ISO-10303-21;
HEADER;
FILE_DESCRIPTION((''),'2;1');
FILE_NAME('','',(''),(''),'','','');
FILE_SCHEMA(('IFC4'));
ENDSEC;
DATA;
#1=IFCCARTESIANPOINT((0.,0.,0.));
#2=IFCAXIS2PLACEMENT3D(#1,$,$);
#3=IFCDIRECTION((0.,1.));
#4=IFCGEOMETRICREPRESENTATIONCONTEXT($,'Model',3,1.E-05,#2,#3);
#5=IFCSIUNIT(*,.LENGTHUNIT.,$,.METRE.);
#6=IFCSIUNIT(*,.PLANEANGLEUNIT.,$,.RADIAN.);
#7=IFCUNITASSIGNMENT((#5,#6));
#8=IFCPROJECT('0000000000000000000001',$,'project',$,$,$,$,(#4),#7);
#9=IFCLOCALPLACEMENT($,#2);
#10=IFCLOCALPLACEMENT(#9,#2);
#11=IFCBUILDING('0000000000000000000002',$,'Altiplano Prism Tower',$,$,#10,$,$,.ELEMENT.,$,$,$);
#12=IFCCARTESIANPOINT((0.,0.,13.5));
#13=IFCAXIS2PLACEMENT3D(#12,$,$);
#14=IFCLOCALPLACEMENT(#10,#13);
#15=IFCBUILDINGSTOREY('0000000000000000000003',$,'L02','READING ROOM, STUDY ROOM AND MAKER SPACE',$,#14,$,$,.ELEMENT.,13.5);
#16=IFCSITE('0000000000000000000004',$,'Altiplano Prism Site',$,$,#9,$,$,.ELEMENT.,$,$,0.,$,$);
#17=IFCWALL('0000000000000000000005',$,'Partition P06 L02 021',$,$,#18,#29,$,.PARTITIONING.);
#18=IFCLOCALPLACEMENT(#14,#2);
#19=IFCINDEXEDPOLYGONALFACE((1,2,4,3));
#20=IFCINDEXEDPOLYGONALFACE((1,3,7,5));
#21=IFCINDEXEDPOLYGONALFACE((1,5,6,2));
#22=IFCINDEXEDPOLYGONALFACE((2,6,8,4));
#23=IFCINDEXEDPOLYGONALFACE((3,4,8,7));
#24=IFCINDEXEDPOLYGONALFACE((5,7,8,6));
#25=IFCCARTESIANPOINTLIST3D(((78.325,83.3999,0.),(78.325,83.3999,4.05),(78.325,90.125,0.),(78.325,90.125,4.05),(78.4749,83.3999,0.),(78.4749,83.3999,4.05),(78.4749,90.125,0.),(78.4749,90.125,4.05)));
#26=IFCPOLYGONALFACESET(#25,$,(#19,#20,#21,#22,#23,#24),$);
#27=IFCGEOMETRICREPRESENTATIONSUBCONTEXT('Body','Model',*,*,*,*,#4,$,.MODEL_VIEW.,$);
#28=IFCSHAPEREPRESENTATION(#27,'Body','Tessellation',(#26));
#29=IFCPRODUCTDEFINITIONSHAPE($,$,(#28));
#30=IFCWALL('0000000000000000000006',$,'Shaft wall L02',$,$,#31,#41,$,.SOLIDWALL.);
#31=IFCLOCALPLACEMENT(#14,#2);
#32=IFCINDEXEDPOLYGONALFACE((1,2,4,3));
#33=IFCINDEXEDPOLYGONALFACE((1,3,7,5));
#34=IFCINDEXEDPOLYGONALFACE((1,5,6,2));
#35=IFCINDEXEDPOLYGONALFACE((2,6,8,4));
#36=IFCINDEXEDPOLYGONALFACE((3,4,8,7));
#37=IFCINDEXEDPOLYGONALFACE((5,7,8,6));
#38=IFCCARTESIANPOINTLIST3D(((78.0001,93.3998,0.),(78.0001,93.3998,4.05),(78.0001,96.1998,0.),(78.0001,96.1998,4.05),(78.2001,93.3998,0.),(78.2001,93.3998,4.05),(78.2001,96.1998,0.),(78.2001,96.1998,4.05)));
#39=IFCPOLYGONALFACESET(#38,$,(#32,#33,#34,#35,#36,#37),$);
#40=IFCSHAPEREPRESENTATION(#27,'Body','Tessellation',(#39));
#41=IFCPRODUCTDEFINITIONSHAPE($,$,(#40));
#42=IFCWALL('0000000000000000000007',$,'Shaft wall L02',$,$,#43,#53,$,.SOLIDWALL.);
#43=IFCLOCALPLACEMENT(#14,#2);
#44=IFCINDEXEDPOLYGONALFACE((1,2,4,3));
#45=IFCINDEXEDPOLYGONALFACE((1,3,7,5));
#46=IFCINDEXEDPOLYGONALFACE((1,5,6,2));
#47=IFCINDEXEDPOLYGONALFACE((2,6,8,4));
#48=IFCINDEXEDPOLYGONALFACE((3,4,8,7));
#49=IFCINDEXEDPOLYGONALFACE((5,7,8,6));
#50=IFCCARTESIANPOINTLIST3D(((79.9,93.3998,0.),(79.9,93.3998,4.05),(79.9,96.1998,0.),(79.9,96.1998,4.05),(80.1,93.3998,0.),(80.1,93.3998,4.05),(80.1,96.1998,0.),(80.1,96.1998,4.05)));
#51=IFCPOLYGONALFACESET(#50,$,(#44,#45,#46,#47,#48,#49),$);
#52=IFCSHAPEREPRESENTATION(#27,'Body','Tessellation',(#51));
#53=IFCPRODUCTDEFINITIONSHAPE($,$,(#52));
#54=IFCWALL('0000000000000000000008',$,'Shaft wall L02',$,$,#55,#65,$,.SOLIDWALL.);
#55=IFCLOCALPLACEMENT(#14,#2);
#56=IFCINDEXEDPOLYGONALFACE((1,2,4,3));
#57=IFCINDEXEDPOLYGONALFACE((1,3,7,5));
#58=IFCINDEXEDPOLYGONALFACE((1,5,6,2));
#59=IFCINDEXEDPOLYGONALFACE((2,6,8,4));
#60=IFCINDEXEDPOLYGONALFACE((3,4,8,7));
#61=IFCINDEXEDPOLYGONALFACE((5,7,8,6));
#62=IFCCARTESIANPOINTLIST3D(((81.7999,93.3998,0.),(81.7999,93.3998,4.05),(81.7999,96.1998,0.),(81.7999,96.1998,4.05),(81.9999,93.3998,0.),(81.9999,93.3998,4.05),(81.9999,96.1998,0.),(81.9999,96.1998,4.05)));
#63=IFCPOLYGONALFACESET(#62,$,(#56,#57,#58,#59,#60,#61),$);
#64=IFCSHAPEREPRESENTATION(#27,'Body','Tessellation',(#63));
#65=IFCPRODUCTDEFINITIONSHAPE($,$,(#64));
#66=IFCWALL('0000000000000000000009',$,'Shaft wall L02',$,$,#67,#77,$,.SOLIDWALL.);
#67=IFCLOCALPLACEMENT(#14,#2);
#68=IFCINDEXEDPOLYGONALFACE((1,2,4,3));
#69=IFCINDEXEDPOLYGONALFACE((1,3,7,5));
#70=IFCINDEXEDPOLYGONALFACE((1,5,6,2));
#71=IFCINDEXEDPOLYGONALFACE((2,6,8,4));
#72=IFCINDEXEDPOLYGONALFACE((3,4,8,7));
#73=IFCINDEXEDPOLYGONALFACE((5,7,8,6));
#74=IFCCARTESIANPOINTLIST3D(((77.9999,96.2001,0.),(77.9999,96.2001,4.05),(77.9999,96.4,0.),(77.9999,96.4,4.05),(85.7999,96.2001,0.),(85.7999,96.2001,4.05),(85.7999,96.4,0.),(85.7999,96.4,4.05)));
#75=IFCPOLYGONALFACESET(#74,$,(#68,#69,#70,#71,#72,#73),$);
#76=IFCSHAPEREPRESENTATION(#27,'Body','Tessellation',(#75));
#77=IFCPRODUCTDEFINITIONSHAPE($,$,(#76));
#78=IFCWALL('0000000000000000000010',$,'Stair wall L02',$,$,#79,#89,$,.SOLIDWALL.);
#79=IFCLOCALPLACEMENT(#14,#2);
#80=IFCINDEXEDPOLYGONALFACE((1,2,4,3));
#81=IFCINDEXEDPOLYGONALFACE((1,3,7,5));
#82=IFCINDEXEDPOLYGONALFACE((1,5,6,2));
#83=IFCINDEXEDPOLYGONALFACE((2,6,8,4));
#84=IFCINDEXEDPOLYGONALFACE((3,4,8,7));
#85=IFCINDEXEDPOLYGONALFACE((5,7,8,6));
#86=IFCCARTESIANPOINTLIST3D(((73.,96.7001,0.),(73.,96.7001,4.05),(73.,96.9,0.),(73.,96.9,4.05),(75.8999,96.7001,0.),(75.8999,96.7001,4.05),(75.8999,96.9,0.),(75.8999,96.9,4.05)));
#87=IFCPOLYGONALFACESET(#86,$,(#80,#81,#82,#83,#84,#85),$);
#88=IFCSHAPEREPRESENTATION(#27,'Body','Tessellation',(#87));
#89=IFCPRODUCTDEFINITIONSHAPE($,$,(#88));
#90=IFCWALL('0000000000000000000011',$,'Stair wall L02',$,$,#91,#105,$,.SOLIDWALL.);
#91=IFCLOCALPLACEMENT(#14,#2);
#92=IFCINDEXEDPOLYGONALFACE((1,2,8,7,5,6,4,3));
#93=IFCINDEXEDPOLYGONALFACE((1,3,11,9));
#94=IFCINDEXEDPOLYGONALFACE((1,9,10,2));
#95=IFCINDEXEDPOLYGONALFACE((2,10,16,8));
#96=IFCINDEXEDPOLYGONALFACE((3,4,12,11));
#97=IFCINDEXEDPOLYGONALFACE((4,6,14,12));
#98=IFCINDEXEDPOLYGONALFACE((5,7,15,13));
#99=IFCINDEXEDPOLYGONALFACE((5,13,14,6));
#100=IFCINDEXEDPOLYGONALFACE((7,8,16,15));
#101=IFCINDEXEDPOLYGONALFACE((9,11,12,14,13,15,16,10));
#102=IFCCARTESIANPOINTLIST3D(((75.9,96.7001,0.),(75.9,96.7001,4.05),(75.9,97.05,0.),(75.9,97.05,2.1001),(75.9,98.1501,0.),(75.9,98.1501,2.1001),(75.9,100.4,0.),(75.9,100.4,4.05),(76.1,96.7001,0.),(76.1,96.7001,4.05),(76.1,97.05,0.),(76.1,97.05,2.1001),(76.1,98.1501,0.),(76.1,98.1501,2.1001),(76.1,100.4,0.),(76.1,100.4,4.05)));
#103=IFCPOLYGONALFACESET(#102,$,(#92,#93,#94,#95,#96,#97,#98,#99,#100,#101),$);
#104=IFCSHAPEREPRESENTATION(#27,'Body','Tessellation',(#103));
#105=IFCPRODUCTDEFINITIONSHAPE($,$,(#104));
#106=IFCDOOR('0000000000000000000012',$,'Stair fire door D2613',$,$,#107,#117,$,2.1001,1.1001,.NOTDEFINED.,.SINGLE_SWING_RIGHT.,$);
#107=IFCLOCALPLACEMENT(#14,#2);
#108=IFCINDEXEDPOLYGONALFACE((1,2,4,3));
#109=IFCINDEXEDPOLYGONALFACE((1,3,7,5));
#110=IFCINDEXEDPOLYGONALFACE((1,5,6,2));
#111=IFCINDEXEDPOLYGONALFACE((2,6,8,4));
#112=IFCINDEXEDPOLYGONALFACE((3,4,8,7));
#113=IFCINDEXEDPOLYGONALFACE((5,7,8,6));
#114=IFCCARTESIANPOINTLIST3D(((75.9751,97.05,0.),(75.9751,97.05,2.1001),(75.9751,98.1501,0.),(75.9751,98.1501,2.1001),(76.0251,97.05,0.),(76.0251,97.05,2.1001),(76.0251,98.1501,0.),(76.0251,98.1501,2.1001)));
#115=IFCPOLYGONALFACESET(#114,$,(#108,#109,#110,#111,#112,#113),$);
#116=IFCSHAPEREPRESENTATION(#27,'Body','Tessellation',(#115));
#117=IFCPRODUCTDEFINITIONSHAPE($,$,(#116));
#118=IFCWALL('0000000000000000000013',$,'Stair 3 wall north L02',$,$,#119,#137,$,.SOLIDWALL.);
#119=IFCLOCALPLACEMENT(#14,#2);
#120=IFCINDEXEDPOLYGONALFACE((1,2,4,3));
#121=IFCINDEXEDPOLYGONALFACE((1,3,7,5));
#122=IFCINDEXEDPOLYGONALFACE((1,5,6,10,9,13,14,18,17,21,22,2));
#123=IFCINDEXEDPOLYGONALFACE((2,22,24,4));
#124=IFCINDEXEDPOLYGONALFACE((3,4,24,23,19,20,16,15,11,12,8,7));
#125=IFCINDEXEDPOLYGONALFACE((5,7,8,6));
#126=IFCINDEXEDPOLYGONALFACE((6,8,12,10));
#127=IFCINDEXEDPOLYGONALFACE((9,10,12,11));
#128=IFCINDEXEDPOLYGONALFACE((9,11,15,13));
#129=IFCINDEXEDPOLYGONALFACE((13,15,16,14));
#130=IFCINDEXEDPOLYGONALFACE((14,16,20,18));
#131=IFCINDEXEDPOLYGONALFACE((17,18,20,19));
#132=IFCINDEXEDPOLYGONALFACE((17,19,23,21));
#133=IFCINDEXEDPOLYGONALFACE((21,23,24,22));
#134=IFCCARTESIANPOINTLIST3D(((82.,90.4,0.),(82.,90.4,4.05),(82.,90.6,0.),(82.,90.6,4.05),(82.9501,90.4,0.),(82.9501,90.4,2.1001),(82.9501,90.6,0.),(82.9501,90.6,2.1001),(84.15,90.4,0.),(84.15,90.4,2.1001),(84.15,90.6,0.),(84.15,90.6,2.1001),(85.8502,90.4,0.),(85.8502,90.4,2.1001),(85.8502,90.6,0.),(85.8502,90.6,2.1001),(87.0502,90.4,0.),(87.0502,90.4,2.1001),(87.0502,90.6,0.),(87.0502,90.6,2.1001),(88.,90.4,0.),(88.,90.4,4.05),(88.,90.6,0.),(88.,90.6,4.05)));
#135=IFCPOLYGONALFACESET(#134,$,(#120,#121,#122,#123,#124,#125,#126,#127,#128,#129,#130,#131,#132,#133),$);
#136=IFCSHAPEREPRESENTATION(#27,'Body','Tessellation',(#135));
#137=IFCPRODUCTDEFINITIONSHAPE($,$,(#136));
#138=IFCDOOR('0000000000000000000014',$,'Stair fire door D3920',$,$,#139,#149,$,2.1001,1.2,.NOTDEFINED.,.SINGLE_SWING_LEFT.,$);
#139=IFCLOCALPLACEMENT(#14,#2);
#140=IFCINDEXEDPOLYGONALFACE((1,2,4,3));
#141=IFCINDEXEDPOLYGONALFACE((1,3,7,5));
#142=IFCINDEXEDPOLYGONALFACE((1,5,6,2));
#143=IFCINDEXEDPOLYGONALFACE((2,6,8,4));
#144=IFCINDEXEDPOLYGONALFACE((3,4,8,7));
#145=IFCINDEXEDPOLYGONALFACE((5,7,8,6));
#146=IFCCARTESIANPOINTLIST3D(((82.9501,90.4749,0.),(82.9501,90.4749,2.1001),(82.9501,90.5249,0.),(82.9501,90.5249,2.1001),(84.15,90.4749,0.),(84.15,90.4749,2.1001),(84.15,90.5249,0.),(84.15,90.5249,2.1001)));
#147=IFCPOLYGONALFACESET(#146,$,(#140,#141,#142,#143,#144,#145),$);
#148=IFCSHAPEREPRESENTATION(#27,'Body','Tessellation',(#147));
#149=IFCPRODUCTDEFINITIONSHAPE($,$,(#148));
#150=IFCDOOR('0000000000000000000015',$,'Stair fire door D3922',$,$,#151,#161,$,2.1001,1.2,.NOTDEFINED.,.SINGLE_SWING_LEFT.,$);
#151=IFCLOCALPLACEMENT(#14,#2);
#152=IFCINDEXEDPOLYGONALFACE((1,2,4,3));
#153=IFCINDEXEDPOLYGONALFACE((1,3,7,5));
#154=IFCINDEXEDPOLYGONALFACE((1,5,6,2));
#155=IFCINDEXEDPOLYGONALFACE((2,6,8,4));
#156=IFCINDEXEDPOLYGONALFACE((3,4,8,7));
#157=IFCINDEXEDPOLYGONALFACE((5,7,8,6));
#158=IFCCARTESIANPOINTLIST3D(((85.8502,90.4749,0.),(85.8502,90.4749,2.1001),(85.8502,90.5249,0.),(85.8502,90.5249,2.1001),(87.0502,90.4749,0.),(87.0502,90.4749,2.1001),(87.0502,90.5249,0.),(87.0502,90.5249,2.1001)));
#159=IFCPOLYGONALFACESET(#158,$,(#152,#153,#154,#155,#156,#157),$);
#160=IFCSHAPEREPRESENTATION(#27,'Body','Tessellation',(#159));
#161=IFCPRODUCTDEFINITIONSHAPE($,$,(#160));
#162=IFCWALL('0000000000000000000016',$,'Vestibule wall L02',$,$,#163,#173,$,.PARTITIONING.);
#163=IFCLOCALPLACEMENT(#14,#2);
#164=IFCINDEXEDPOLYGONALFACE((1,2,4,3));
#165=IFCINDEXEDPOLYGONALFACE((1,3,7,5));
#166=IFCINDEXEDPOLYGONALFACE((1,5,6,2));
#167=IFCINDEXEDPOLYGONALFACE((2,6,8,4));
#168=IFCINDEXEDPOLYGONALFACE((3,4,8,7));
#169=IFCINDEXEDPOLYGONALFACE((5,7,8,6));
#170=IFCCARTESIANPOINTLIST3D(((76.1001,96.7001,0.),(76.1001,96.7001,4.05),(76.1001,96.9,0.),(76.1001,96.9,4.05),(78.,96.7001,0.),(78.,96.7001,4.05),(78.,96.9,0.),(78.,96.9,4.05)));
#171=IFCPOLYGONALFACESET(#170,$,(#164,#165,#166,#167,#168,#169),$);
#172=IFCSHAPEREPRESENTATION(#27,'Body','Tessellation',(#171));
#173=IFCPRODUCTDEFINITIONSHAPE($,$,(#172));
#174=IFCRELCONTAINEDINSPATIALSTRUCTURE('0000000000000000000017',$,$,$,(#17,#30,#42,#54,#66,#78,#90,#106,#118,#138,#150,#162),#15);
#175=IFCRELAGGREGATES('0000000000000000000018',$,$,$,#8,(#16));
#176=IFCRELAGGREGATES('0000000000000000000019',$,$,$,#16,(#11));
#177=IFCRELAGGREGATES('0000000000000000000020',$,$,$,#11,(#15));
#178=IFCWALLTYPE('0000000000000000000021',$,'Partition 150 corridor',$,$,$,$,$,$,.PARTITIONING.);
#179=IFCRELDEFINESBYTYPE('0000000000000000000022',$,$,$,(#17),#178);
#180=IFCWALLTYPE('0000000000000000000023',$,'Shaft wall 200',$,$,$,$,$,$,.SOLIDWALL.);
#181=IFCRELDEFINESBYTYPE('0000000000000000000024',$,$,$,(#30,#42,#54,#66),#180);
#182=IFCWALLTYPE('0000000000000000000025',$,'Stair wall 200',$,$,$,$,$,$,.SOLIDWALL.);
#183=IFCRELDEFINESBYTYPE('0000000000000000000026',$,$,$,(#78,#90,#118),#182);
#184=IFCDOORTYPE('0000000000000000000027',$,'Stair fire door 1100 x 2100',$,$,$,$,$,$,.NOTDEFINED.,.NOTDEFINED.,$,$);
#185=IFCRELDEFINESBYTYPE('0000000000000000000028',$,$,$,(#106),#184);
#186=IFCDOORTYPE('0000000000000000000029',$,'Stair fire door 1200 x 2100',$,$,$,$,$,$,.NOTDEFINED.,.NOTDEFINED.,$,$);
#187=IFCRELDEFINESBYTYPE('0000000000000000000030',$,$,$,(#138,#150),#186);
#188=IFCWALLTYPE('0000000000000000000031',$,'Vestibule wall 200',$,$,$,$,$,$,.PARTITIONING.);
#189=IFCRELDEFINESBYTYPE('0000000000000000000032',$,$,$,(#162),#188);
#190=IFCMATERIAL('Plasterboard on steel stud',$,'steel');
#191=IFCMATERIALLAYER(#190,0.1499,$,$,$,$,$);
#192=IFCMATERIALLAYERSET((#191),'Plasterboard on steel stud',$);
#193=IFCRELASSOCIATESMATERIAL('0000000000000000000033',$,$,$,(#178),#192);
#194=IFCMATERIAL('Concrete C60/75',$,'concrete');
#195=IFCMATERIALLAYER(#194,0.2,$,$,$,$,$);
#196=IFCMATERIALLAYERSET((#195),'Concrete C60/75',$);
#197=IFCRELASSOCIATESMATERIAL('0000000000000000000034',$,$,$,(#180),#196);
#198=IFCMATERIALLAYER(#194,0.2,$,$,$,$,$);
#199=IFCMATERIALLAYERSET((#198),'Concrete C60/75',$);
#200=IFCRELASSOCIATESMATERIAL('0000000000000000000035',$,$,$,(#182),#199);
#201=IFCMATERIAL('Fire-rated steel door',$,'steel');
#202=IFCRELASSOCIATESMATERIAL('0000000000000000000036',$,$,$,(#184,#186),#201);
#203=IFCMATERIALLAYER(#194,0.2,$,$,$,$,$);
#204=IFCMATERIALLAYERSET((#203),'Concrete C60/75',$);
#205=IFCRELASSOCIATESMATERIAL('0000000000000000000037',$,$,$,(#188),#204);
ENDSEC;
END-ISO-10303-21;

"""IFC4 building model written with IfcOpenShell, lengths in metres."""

from ifc_helpers import new_model, si_unit, direction, frame, frame_2d, origin, place, context, subcontext, project, spatial, rectangle, extrude, material, layer, layer_set, type_object, element, fill, save


model = new_model("IFC4")

# Units and contexts
model_context = context("Model", 3, precision=1e-05, world=origin(), true_north=direction((0.0, 1.0)))
body_context = subcontext(model_context, "Body", "Model", "MODEL_VIEW")
ifc_project = project(units=[si_unit("LENGTHUNIT", "METRE"), si_unit("PLANEANGLEUNIT", "RADIAN")], contexts=[model_context])

# Site, building, storey
site_placement = place(None, origin())
site = spatial("IfcSite", under=ifc_project, at=site_placement, Name="Altiplano Prism Site", CompositionType="ELEMENT", RefElevation=0.0)
building_placement = place(site_placement, origin())
building = spatial("IfcBuilding", under=site, at=building_placement, Name="Altiplano Prism Tower", CompositionType="ELEMENT")
storey_placement = place(building_placement, frame((0.0, 0.0, 13.5)))
storey = spatial("IfcBuildingStorey", under=building, at=storey_placement, Name="L02", Description="READING ROOM, STUDY ROOM AND MAKER SPACE", CompositionType="ELEMENT", Elevation=13.5)

# Walls
ifc_material_1 = material(Name="Plasterboard on steel stud", Category="steel")
ifc_layer_1 = layer(ifc_material_1, 0.1499)
ifc_layer_set_1 = layer_set([ifc_layer_1], Name="Plasterboard on steel stud")
wall_type_1 = type_object("IfcWallType", Name="Partition 150 corridor", PredefinedType="PARTITIONING", material=ifc_layer_set_1)
wall_1_placement = place(storey_placement, frame((78.3999, 90.125, 0.0), z_axis=(0.0, 0.0, 1.0), x_axis=(0.0, -1.0, 0.0)))
element("IfcWall", 1, at=wall_1_placement, inside=storey, type_object=wall_type_1, Name="Partition P06 L02 021", PredefinedType="PARTITIONING", context=body_context, shape_type="SweptSolid", body=[
    extrude(rectangle(XDim=6.7251, YDim=0.1499, at=frame_2d((3.3625, 0.0))), origin(), (0.0, 0.0, 1.0), 4.05),
])
ifc_material_2 = material(Name="Concrete C60/75", Category="concrete")
ifc_layer_2 = layer(ifc_material_2, 0.2)
ifc_layer_set_2 = layer_set([ifc_layer_2], Name="Concrete C60/75")
wall_type_2 = type_object("IfcWallType", Name="Shaft wall 200", PredefinedType="SOLIDWALL", material=ifc_layer_set_2)
for number, where, z_axis, x_axis, name in (
    (2, (78.1001, 93.3999, 0.0), (0.0, 0.0, 1.0), (0.0, 1.0, 0.0), "Shaft wall L02"),
    (3, (80.0, 93.3999, 0.0), (0.0, 0.0, 1.0), (0.0, 1.0, 0.0), "Shaft wall L02"),
    (4, (81.8999, 93.3999, 0.0), (0.0, 0.0, 1.0), (0.0, 1.0, 0.0), "Shaft wall L02"),
):
    element("IfcWall", number, at=place(storey_placement, frame(where, z_axis=z_axis, x_axis=x_axis)), inside=storey, type_object=wall_type_2, Name=name, PredefinedType="SOLIDWALL", context=body_context, shape_type="SweptSolid", body=[
        extrude(rectangle(XDim=2.8, YDim=0.2, at=frame_2d((1.3999, 0.0))), origin(), (0.0, 0.0, 1.0), 4.05),
    ])
wall_2_placement = place(storey_placement, frame((78.0, 96.3, 0.0), z_axis=(0.0, 0.0, 1.0), x_axis=(1.0, 0.0, 0.0)))
element("IfcWall", 5, at=wall_2_placement, inside=storey, type_object=wall_type_2, Name="Shaft wall L02", PredefinedType="SOLIDWALL", context=body_context, shape_type="SweptSolid", body=[
    extrude(rectangle(XDim=7.8, YDim=0.2, at=frame_2d((3.8999, 0.0))), origin(), (0.0, 0.0, 1.0), 4.05),
])
ifc_layer_3 = layer(ifc_material_2, 0.2)
ifc_layer_set_3 = layer_set([ifc_layer_3], Name="Concrete C60/75")
wall_type_3 = type_object("IfcWallType", Name="Stair wall 200", PredefinedType="SOLIDWALL", material=ifc_layer_set_3)
wall_3_placement = place(storey_placement, frame((73.0, 96.8, 0.0), z_axis=(0.0, 0.0, 1.0), x_axis=(1.0, 0.0, 0.0)))
element("IfcWall", 6, at=wall_3_placement, inside=storey, type_object=wall_type_3, Name="Stair wall L02", PredefinedType="SOLIDWALL", context=body_context, shape_type="SweptSolid", body=[
    extrude(rectangle(XDim=2.8999, YDim=0.2, at=frame_2d((1.45, 0.0))), origin(), (0.0, 0.0, 1.0), 4.05),
])

# Wall, opening, door
wall_4_placement = place(storey_placement, frame((76.0, 96.7, 0.0), z_axis=(0.0, 0.0, 1.0), x_axis=(0.0, 1.0, 0.0)))
wall_4 = element("IfcWall", 7, at=wall_4_placement, inside=storey, type_object=wall_type_3, Name="Stair wall L02", PredefinedType="SOLIDWALL", context=body_context, shape_type="SweptSolid", body=[
    extrude(rectangle(XDim=3.7, YDim=0.2, at=frame_2d((1.8501, 0.0))), origin(), (0.0, 0.0, 1.0), 4.05),
])
opening_1_placement = place(wall_4_placement, frame((0.3501, 0.0, 0.0)))
opening_1 = element("IfcOpeningElement", 8, at=opening_1_placement, cuts=wall_4, PredefinedType="OPENING", context=body_context, shape_type="SweptSolid", body=[
    extrude(rectangle(XDim=1.1001, YDim=2.1001, at=frame_2d((0.55, 1.05))), frame((0.0, 0.1104, 0.0), z_axis=(0.0, -1.0, 0.0), x_axis=(1.0, 0.0, 0.0)), (0.0, 0.0, 1.0), 0.2209),
])
ifc_material_3 = material(Name="Fire-rated steel door", Category="steel")
door_type_1 = type_object("IfcDoorType", Name="Stair fire door 1100 x 2100", OperationType="NOTDEFINED", PredefinedType="NOTDEFINED", material=ifc_material_3)
door_1_placement = place(opening_1_placement, origin())
door_1 = element("IfcDoor", 9, at=door_1_placement, inside=storey, type_object=door_type_1, Name="Stair fire door D2613", OperationType="SINGLE_SWING_RIGHT", OverallHeight=2.1001, OverallWidth=1.1001, PredefinedType="NOTDEFINED", context=body_context, shape_type="SweptSolid", body=[
    extrude(rectangle(XDim=1.1001, YDim=2.1001, at=frame_2d((0.55, 1.05))), frame((0.0, 0.0249, 0.0), z_axis=(0.0, -1.0, 0.0), x_axis=(1.0, 0.0, 0.0)), (0.0, 0.0, 1.0), 0.05),
])
fill(opening_1, door_1)

# Wall, openings, doors
wall_5_placement = place(storey_placement, frame((82.0, 90.5, 0.0), z_axis=(0.0, 0.0, 1.0), x_axis=(1.0, 0.0, 0.0)))
wall_5 = element("IfcWall", 10, at=wall_5_placement, inside=storey, type_object=wall_type_3, Name="Stair 3 wall north L02", PredefinedType="SOLIDWALL", context=body_context, shape_type="SweptSolid", body=[
    extrude(rectangle(XDim=6.0, YDim=0.2, at=frame_2d((3.0, 0.0))), origin(), (0.0, 0.0, 1.0), 4.05),
])
opening_2_placement = place(wall_5_placement, frame((0.95, 0.0, 0.0)))
opening_2 = element("IfcOpeningElement", 11, at=opening_2_placement, cuts=wall_5, PredefinedType="OPENING", context=body_context, shape_type="SweptSolid", body=[
    extrude(rectangle(XDim=1.2, YDim=2.1001, at=frame_2d((0.6001, 1.05))), frame((0.0, 0.1104, 0.0), z_axis=(0.0, -1.0, 0.0), x_axis=(1.0, 0.0, 0.0)), (0.0, 0.0, 1.0), 0.2209),
])
opening_3_placement = place(wall_5_placement, frame((3.8501, 0.0, 0.0)))
opening_3 = element("IfcOpeningElement", 12, at=opening_3_placement, cuts=wall_5, PredefinedType="OPENING", context=body_context, shape_type="SweptSolid", body=[
    extrude(rectangle(XDim=1.2, YDim=2.1001, at=frame_2d((0.6001, 1.05))), frame((0.0, 0.1104, 0.0), z_axis=(0.0, -1.0, 0.0), x_axis=(1.0, 0.0, 0.0)), (0.0, 0.0, 1.0), 0.2209),
])
door_type_2 = type_object("IfcDoorType", Name="Stair fire door 1200 x 2100", OperationType="NOTDEFINED", PredefinedType="NOTDEFINED", material=ifc_material_3)
door_2_placement = place(opening_2_placement, origin())
door_2 = element("IfcDoor", 13, at=door_2_placement, inside=storey, type_object=door_type_2, Name="Stair fire door D3920", OperationType="SINGLE_SWING_LEFT", OverallHeight=2.1001, OverallWidth=1.2, PredefinedType="NOTDEFINED", context=body_context, shape_type="SweptSolid", body=[
    extrude(rectangle(XDim=1.2, YDim=2.1001, at=frame_2d((0.6001, 1.05))), frame((0.0, 0.0249, 0.0), z_axis=(0.0, -1.0, 0.0), x_axis=(1.0, 0.0, 0.0)), (0.0, 0.0, 1.0), 0.05),
])
fill(opening_2, door_2)
door_3_placement = place(opening_3_placement, origin())
door_3 = element("IfcDoor", 14, at=door_3_placement, inside=storey, type_object=door_type_2, Name="Stair fire door D3922", OperationType="SINGLE_SWING_LEFT", OverallHeight=2.1001, OverallWidth=1.2, PredefinedType="NOTDEFINED", context=body_context, shape_type="SweptSolid", body=[
    extrude(rectangle(XDim=1.2, YDim=2.1001, at=frame_2d((0.6001, 1.05))), frame((0.0, 0.0249, 0.0), z_axis=(0.0, -1.0, 0.0), x_axis=(1.0, 0.0, 0.0)), (0.0, 0.0, 1.0), 0.05),
])
fill(opening_3, door_3)

# Wall
ifc_layer_4 = layer(ifc_material_2, 0.2)
ifc_layer_set_4 = layer_set([ifc_layer_4], Name="Concrete C60/75")
wall_type_4 = type_object("IfcWallType", Name="Vestibule wall 200", PredefinedType="PARTITIONING", material=ifc_layer_set_4)
wall_6_placement = place(storey_placement, frame((76.1001, 96.8, 0.0), z_axis=(0.0, 0.0, 1.0), x_axis=(1.0, 0.0, 0.0)))
element("IfcWall", 15, at=wall_6_placement, inside=storey, type_object=wall_type_4, Name="Vestibule wall L02", PredefinedType="PARTITIONING", context=body_context, shape_type="SweptSolid", body=[
    extrude(rectangle(XDim=1.8999, YDim=0.2, at=frame_2d((0.95, 0.0))), origin(), (0.0, 0.0, 1.0), 4.05),
])

save(model, "model.ifc")
